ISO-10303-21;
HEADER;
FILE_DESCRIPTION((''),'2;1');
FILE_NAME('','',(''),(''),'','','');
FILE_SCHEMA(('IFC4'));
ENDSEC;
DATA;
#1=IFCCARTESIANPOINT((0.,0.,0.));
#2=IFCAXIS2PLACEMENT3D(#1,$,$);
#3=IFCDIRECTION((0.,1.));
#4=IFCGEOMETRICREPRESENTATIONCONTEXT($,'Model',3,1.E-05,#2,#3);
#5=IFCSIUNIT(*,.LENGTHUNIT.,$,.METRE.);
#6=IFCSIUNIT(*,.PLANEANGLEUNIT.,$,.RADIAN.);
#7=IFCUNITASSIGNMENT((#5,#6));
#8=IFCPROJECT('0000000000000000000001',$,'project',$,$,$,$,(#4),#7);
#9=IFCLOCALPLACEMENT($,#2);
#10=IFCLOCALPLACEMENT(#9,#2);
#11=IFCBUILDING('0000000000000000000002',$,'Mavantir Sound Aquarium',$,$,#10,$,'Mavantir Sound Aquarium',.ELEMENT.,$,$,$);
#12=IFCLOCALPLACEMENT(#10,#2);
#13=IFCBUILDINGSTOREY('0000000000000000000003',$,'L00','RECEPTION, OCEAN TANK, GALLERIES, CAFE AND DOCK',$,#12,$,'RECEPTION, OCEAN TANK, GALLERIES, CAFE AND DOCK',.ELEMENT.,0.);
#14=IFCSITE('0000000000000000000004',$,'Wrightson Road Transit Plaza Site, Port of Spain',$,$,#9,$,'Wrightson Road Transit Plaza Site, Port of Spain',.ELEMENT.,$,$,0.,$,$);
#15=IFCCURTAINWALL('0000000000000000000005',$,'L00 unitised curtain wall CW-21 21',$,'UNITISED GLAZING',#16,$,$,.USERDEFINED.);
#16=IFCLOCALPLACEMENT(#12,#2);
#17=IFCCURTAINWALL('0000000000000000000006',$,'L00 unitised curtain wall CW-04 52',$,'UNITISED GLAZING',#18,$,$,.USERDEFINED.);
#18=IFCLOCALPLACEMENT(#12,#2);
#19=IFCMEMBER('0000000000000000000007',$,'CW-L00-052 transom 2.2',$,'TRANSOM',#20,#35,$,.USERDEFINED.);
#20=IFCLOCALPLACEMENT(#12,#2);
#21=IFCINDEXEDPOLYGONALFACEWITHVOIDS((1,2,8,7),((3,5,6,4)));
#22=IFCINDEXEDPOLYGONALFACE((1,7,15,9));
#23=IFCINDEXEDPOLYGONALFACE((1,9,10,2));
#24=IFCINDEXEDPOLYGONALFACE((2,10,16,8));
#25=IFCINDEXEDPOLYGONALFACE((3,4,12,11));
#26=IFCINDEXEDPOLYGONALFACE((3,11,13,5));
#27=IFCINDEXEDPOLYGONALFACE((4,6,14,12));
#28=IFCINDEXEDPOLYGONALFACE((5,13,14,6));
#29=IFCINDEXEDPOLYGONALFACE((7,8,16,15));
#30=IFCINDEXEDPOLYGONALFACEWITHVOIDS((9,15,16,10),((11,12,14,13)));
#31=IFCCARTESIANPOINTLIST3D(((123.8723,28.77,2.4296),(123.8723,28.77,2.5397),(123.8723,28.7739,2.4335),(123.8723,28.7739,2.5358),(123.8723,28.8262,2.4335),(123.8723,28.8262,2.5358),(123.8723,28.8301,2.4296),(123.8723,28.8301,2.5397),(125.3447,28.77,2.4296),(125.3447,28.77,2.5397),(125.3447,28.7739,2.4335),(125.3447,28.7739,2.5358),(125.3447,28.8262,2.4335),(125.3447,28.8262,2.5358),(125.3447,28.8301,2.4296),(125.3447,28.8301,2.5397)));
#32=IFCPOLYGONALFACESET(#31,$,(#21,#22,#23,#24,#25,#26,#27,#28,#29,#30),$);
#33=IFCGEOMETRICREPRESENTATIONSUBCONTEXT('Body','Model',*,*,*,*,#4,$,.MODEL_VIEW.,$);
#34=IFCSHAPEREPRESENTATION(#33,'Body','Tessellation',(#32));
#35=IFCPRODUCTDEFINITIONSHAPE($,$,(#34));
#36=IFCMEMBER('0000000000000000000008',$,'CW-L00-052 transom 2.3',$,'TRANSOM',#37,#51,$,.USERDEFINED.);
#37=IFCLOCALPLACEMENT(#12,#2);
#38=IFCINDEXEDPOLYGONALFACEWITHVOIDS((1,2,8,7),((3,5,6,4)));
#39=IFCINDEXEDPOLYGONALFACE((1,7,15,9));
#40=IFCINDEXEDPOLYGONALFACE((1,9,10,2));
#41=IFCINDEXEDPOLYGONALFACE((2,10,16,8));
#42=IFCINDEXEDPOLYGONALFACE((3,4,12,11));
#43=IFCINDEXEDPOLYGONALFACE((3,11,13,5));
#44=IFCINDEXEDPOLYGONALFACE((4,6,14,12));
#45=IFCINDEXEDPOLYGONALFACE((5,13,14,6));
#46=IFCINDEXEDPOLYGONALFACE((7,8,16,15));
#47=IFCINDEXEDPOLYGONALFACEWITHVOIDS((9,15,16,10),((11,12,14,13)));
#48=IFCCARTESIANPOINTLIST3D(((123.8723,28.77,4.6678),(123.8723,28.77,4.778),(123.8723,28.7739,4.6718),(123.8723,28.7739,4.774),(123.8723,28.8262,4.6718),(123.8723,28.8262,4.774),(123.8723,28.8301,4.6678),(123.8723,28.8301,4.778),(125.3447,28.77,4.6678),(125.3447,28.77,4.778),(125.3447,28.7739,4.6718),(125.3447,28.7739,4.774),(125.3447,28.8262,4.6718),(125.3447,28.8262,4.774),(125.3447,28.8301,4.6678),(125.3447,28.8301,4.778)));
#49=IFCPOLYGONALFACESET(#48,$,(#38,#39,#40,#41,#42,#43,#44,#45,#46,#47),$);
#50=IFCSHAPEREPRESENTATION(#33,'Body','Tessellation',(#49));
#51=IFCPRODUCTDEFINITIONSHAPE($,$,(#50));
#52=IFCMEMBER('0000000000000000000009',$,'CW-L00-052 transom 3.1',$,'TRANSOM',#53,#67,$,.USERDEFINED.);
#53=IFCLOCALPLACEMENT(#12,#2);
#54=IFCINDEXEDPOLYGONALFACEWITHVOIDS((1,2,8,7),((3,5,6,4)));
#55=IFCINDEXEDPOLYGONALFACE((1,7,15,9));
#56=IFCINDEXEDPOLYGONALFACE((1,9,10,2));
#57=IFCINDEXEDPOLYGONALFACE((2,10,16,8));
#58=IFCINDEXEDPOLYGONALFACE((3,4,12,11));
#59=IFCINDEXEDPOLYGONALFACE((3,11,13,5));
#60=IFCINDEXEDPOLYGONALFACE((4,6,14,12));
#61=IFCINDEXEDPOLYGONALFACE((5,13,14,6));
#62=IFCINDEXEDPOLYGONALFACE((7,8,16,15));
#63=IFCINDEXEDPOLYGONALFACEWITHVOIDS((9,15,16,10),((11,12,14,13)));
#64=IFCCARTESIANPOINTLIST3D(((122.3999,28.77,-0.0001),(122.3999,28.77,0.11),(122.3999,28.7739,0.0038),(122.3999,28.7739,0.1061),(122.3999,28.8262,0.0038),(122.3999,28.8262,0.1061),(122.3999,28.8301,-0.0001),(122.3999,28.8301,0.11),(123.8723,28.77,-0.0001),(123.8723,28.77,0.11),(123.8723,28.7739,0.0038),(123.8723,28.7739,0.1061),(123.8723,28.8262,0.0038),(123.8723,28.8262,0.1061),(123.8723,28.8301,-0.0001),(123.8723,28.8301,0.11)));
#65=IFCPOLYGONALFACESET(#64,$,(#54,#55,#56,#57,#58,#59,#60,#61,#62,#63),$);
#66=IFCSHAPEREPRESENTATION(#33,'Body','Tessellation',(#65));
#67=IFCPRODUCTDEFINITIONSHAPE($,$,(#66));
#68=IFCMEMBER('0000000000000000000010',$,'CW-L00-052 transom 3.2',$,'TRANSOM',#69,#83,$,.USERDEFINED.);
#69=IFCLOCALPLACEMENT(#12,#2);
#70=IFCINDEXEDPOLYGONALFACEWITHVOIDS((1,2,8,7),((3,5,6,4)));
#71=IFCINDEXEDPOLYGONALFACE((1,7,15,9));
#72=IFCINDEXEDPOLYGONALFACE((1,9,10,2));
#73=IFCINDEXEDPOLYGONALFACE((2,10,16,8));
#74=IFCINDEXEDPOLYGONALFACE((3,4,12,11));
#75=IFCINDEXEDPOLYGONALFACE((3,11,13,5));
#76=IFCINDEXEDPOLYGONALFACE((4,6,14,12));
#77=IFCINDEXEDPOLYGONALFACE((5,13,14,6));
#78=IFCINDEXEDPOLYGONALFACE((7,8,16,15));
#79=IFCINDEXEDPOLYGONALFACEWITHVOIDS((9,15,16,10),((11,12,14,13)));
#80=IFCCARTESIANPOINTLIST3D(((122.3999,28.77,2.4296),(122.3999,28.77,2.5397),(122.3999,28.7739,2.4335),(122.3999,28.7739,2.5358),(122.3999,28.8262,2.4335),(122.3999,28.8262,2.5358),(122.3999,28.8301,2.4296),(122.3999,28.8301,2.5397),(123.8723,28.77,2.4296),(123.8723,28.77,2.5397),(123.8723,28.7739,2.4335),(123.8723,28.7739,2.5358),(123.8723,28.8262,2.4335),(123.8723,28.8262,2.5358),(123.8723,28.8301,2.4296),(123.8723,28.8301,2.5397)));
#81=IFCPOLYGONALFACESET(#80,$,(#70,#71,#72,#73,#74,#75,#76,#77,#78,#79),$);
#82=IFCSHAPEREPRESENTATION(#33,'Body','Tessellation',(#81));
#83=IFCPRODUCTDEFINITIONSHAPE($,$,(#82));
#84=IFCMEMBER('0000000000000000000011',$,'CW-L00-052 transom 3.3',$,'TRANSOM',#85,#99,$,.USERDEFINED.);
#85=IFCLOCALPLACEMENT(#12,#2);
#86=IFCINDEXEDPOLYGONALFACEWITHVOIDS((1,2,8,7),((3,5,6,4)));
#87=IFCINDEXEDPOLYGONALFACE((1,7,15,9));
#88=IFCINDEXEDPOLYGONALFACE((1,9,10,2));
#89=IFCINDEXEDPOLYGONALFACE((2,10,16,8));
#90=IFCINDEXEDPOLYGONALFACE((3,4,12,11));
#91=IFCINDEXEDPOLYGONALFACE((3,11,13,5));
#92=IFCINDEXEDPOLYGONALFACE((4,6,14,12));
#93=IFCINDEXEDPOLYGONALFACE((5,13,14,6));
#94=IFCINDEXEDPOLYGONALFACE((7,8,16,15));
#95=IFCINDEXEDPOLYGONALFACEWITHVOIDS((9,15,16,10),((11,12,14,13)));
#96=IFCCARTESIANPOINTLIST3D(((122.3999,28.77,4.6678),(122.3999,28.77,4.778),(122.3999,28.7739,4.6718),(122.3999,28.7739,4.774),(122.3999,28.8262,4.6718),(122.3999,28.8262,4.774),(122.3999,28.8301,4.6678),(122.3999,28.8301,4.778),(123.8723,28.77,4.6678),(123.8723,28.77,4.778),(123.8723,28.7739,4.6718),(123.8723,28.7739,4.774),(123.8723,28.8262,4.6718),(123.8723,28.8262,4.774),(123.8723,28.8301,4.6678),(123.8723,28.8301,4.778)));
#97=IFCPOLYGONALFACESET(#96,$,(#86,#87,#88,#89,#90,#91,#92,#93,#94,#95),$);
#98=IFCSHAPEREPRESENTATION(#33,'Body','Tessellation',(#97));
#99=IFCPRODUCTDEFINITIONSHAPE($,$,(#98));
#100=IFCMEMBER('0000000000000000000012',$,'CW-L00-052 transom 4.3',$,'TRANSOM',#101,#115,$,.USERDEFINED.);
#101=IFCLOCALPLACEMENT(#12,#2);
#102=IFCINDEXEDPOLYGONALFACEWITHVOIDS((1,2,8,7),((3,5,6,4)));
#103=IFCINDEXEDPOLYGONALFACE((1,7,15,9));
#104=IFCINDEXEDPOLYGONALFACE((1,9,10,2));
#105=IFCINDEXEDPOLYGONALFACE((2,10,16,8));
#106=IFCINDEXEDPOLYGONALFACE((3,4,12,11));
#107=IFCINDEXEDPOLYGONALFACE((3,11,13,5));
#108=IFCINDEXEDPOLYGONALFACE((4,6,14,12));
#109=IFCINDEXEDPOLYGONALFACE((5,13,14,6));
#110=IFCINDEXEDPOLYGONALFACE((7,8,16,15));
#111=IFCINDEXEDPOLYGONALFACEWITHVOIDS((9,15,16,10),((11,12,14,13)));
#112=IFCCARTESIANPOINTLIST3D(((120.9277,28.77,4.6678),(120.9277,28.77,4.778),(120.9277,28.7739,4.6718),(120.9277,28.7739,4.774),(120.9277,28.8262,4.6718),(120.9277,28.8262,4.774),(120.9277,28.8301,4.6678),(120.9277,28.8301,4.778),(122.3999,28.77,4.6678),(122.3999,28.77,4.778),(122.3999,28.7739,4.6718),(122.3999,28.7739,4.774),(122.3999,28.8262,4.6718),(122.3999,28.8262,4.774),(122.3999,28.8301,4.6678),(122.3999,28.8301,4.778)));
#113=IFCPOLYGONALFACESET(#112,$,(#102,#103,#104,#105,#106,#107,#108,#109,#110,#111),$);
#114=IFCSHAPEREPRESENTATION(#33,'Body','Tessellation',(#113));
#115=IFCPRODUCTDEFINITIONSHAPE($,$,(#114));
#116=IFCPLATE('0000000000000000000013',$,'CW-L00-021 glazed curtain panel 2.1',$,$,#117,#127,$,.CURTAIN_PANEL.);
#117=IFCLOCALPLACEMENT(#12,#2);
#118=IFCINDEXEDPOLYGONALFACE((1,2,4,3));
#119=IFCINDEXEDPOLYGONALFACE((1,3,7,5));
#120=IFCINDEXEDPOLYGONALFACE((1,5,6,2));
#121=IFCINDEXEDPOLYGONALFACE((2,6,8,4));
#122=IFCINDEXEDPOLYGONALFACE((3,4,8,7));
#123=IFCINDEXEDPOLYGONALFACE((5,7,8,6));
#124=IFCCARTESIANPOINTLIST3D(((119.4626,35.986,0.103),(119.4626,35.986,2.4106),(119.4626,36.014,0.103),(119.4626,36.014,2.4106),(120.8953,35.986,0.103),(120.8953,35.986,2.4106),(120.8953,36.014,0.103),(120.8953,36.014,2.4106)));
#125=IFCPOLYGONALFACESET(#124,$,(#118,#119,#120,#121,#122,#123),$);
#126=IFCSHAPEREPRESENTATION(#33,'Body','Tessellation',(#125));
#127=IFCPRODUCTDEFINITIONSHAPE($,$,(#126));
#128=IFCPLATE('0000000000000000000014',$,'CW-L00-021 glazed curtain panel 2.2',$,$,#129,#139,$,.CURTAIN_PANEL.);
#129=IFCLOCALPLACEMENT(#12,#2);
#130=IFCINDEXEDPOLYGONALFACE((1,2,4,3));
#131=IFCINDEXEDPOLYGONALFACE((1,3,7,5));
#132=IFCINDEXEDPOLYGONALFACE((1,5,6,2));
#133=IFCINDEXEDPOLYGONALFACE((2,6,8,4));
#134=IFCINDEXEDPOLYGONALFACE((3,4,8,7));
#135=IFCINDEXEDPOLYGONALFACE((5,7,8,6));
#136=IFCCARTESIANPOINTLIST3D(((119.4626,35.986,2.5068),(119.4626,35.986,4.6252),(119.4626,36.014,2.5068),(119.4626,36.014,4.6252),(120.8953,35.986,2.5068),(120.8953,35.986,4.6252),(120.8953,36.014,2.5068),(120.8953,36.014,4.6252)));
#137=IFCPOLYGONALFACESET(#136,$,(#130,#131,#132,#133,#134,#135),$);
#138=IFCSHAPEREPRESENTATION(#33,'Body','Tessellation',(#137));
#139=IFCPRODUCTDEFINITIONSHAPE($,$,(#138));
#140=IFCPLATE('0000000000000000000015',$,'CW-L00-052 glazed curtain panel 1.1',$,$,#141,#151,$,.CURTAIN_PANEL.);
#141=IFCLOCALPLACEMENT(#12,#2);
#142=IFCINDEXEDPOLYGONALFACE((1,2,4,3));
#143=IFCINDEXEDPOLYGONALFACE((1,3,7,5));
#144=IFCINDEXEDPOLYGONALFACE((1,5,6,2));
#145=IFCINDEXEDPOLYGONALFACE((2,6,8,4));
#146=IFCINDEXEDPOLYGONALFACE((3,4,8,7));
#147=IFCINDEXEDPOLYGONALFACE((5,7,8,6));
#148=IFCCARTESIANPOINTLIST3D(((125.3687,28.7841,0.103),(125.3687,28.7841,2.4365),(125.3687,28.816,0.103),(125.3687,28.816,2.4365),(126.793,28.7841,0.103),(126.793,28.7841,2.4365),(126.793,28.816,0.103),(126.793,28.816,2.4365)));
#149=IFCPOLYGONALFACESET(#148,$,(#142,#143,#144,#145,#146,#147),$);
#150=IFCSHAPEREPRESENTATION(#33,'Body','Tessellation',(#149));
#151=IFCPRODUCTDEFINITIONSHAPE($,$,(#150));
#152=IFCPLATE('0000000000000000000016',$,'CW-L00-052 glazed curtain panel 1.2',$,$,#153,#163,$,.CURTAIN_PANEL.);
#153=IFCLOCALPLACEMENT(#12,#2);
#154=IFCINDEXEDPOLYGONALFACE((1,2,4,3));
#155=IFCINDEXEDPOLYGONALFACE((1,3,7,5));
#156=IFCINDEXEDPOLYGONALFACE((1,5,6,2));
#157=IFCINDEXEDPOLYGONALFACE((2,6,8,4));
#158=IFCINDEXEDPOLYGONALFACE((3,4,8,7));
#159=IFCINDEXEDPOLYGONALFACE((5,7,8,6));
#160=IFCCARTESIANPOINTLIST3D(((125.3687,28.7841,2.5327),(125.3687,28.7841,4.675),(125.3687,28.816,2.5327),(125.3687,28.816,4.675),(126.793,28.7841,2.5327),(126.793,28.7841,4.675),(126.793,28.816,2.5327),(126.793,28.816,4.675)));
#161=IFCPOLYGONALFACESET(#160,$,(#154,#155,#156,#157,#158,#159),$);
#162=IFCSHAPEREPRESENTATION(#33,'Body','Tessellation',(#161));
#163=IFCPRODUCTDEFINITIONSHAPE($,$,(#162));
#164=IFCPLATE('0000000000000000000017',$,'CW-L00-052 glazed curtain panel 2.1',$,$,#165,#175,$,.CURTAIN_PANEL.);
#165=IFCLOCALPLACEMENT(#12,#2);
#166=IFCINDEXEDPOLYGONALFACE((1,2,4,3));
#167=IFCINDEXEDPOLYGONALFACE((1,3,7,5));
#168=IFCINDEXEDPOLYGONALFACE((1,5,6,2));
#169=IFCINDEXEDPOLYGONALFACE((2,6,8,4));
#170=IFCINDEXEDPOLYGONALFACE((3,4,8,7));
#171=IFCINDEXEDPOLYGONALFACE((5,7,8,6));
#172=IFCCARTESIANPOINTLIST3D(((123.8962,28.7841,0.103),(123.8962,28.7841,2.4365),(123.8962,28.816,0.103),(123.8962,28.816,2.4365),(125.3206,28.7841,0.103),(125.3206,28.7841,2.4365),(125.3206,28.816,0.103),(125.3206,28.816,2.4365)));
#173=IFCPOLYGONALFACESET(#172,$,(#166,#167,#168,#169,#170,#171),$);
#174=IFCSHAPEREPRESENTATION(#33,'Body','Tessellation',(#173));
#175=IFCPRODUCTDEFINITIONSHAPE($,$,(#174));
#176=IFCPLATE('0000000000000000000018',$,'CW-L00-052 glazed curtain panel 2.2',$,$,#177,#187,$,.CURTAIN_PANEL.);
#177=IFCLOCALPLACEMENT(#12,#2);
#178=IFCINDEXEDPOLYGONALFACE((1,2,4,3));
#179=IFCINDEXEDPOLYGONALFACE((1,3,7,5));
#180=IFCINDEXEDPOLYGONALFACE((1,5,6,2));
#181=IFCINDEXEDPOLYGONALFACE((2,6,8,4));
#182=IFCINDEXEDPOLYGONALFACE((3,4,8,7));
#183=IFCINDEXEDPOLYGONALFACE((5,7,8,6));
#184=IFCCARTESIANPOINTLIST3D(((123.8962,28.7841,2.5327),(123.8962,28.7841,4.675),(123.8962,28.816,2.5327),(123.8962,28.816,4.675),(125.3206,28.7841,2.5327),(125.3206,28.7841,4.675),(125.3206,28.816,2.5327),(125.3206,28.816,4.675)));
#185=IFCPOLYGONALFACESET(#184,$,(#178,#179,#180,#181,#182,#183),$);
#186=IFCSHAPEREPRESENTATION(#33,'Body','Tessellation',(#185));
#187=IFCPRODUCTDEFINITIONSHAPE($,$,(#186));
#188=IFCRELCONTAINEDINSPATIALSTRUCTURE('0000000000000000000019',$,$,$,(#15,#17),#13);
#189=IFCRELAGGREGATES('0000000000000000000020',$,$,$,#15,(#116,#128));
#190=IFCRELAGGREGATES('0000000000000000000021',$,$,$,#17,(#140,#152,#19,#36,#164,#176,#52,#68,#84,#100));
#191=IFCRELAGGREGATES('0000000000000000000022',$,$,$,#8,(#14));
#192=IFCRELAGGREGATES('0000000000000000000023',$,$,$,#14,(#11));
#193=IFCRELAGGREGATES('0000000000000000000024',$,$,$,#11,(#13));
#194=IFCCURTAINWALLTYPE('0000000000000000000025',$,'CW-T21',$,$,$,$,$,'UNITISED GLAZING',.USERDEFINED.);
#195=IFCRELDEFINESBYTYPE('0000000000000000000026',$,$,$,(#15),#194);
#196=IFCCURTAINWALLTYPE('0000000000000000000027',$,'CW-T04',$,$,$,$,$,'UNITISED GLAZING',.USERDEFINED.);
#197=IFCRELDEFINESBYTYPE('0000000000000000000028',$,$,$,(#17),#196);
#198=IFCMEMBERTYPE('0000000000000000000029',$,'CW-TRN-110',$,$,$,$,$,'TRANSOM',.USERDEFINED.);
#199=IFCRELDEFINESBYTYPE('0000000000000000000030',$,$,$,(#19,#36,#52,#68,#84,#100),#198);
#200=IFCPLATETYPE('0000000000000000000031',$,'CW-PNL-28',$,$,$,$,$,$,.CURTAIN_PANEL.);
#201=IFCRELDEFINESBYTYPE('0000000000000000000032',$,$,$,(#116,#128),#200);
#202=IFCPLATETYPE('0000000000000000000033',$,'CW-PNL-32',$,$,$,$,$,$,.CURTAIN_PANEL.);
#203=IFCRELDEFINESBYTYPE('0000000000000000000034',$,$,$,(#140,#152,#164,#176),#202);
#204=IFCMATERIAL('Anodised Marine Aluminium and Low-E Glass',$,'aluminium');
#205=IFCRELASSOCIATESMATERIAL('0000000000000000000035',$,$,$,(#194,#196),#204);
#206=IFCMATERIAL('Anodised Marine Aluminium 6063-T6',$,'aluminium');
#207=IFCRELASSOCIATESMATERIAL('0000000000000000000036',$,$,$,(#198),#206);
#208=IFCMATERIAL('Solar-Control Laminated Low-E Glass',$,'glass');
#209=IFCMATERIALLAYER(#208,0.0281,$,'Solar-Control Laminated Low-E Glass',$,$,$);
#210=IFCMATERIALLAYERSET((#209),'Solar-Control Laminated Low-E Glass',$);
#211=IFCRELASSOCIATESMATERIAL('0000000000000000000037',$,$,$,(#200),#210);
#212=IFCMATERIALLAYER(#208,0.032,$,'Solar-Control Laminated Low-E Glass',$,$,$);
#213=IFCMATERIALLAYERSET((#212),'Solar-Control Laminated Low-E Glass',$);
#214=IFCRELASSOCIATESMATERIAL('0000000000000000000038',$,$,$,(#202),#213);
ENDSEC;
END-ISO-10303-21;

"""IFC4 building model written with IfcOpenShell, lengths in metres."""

from ifc_helpers import new_model, si_unit, direction, frame, origin, origin_2d, place, context, subcontext, project, spatial, rectangle, hollow_rectangle, extrude, material, layer, layer_set, material_profile, profile_set, type_object, element, aggregate, save


model = new_model("IFC4")

# Units and contexts
model_context = context("Model", 3, precision=1e-05, world=origin(), true_north=direction((0.0, 1.0)))
body_context = subcontext(model_context, "Body", "Model", "MODEL_VIEW")
ifc_project = project(units=[si_unit("LENGTHUNIT", "METRE"), si_unit("PLANEANGLEUNIT", "RADIAN")], contexts=[model_context])

# Site, building, storey
site_placement = place(None, origin())
site = spatial("IfcSite", under=ifc_project, at=site_placement, Name="Wrightson Road Transit Plaza Site, Port of Spain", LongName="Wrightson Road Transit Plaza Site, Port of Spain", CompositionType="ELEMENT", RefElevation=0.0)
building_placement = place(site_placement, origin())
building = spatial("IfcBuilding", under=site, at=building_placement, Name="Mavantir Sound Aquarium", LongName="Mavantir Sound Aquarium", CompositionType="ELEMENT")
storey_placement = place(building_placement, origin())
storey = spatial("IfcBuildingStorey", under=building, at=storey_placement, Name="L00", Description="RECEPTION, OCEAN TANK, GALLERIES, CAFE AND DOCK", LongName="RECEPTION, OCEAN TANK, GALLERIES, CAFE AND DOCK", CompositionType="ELEMENT", Elevation=0.0)

# Curtain wall
ifc_material_1 = material(Name="Anodised Marine Aluminium and Low-E Glass", Category="aluminium")
curtain_wall_type_1 = type_object("IfcCurtainWallType", Name="CW-T21", ElementType="UNITISED GLAZING", PredefinedType="USERDEFINED", material=ifc_material_1)
curtain_wall_1_placement = place(storey_placement, origin())
curtain_wall_1 = element("IfcCurtainWall", 1, at=curtain_wall_1_placement, inside=storey, type_object=curtain_wall_type_1, Name="L00 unitised curtain wall CW-21 21", ObjectType="UNITISED GLAZING", PredefinedType="USERDEFINED")
ifc_material_2 = material(Name="Anodised Marine Aluminium 6063-T6", Category="aluminium")

# Curtain wall
curtain_wall_type_2 = type_object("IfcCurtainWallType", Name="CW-T04", ElementType="UNITISED GLAZING", PredefinedType="USERDEFINED", material=ifc_material_1)
curtain_wall_2_placement = place(storey_placement, origin())
curtain_wall_2 = element("IfcCurtainWall", 2, at=curtain_wall_2_placement, inside=storey, type_object=curtain_wall_type_2, Name="L00 unitised curtain wall CW-04 52", ObjectType="UNITISED GLAZING", PredefinedType="USERDEFINED")

# Members
ifc_material_profile_1 = material_profile(ifc_material_2, hollow_rectangle(XDim=0.0601, YDim=0.1101, WallThickness=0.0039, at=origin_2d()), Name="ALU-TRANSOM-110X60")
ifc_profile_set_1 = profile_set([ifc_material_profile_1], Name="Anodised Marine Aluminium 6063-T6")
member_type_1 = type_object("IfcMemberType", Name="CW-TRN-110", ElementType="TRANSOM", PredefinedType="USERDEFINED", material=ifc_profile_set_1)
member_1_placement = place(storey_placement, frame((125.3447, 28.8, 2.4846), z_axis=(-1.0, 0.0, 0.0), x_axis=(0.0, -1.0, 0.0)))
member_1 = element("IfcMember", 3, at=member_1_placement, type_object=member_type_1, Name="CW-L00-052 transom 2.2", ObjectType="TRANSOM", PredefinedType="USERDEFINED", context=body_context, shape_type="SweptSolid", body=[
    extrude(hollow_rectangle(XDim=0.0601, YDim=0.1101, WallThickness=0.0039, at=origin_2d()), origin(), (0.0, 0.0, 1.0), 1.4724),
])
member_2_placement = place(storey_placement, frame((125.3447, 28.8, 4.7229), z_axis=(-1.0, 0.0, 0.0), x_axis=(0.0, -1.0, 0.0)))
member_2 = element("IfcMember", 4, at=member_2_placement, type_object=member_type_1, Name="CW-L00-052 transom 2.3", ObjectType="TRANSOM", PredefinedType="USERDEFINED", context=body_context, shape_type="SweptSolid", body=[
    extrude(hollow_rectangle(XDim=0.0601, YDim=0.1101, WallThickness=0.0039, at=origin_2d()), origin(), (0.0, 0.0, 1.0), 1.4724),
])
member_3_placement = place(storey_placement, frame((123.8723, 28.8, 0.0549), z_axis=(-1.0, 0.0, 0.0), x_axis=(0.0, -1.0, 0.0)))
member_3 = element("IfcMember", 5, at=member_3_placement, type_object=member_type_1, Name="CW-L00-052 transom 3.1", ObjectType="TRANSOM", PredefinedType="USERDEFINED", context=body_context, shape_type="SweptSolid", body=[
    extrude(hollow_rectangle(XDim=0.0601, YDim=0.1101, WallThickness=0.0039, at=origin_2d()), origin(), (0.0, 0.0, 1.0), 1.4724),
])
member_4_placement = place(storey_placement, frame((123.8723, 28.8, 2.4846), z_axis=(-1.0, 0.0, 0.0), x_axis=(0.0, -1.0, 0.0)))
member_4 = element("IfcMember", 6, at=member_4_placement, type_object=member_type_1, Name="CW-L00-052 transom 3.2", ObjectType="TRANSOM", PredefinedType="USERDEFINED", context=body_context, shape_type="SweptSolid", body=[
    extrude(hollow_rectangle(XDim=0.0601, YDim=0.1101, WallThickness=0.0039, at=origin_2d()), origin(), (0.0, 0.0, 1.0), 1.4724),
])
member_5_placement = place(storey_placement, frame((123.8723, 28.8, 4.7229), z_axis=(-1.0, 0.0, 0.0), x_axis=(0.0, -1.0, 0.0)))
member_5 = element("IfcMember", 7, at=member_5_placement, type_object=member_type_1, Name="CW-L00-052 transom 3.3", ObjectType="TRANSOM", PredefinedType="USERDEFINED", context=body_context, shape_type="SweptSolid", body=[
    extrude(hollow_rectangle(XDim=0.0601, YDim=0.1101, WallThickness=0.0039, at=origin_2d()), origin(), (0.0, 0.0, 1.0), 1.4724),
])
member_6_placement = place(storey_placement, frame((122.3999, 28.8, 4.7229), z_axis=(-1.0, 0.0, 0.0), x_axis=(0.0, -1.0, 0.0)))
member_6 = element("IfcMember", 8, at=member_6_placement, type_object=member_type_1, Name="CW-L00-052 transom 4.3", ObjectType="TRANSOM", PredefinedType="USERDEFINED", context=body_context, shape_type="SweptSolid", body=[
    extrude(hollow_rectangle(XDim=0.0601, YDim=0.1101, WallThickness=0.0039, at=origin_2d()), origin(), (0.0, 0.0, 1.0), 1.4722),
])

# Plates
ifc_material_3 = material(Name="Solar-Control Laminated Low-E Glass", Category="glass")
ifc_layer_1 = layer(ifc_material_3, 0.0281, Name="Solar-Control Laminated Low-E Glass")
ifc_layer_set_1 = layer_set([ifc_layer_1], Name="Solar-Control Laminated Low-E Glass")
plate_type_1 = type_object("IfcPlateType", Name="CW-PNL-28", PredefinedType="CURTAIN_PANEL", material=ifc_layer_set_1)
plate_1_placement = place(storey_placement, frame((120.179, 36.0, 0.103), z_axis=(0.0, 0.0, 1.0), x_axis=(1.0, 0.0, 0.0)))
plate_1 = element("IfcPlate", 9, at=plate_1_placement, type_object=plate_type_1, Name="CW-L00-021 glazed curtain panel 2.1", PredefinedType="CURTAIN_PANEL", context=body_context, shape_type="SweptSolid", body=[
    extrude(rectangle(XDim=1.4326, YDim=0.0281, at=origin_2d()), origin(), (0.0, 0.0, 1.0), 2.3076),
])
plate_2_placement = place(storey_placement, frame((120.179, 36.0, 2.5068), z_axis=(0.0, 0.0, 1.0), x_axis=(1.0, 0.0, 0.0)))
plate_2 = element("IfcPlate", 10, at=plate_2_placement, type_object=plate_type_1, Name="CW-L00-021 glazed curtain panel 2.2", PredefinedType="CURTAIN_PANEL", context=body_context, shape_type="SweptSolid", body=[
    extrude(rectangle(XDim=1.4326, YDim=0.0281, at=origin_2d()), origin(), (0.0, 0.0, 1.0), 2.1184),
])
aggregate(curtain_wall_1, [plate_1, plate_2])
ifc_layer_2 = layer(ifc_material_3, 0.032, Name="Solar-Control Laminated Low-E Glass")
ifc_layer_set_2 = layer_set([ifc_layer_2], Name="Solar-Control Laminated Low-E Glass")
plate_type_2 = type_object("IfcPlateType", Name="CW-PNL-32", PredefinedType="CURTAIN_PANEL", material=ifc_layer_set_2)
plate_3_placement = place(storey_placement, frame((126.0808, 28.8, 0.103), z_axis=(0.0, 0.0, 1.0), x_axis=(-1.0, 0.0, 0.0)))
plate_3 = element("IfcPlate", 11, at=plate_3_placement, type_object=plate_type_2, Name="CW-L00-052 glazed curtain panel 1.1", PredefinedType="CURTAIN_PANEL", context=body_context, shape_type="SweptSolid", body=[
    extrude(rectangle(XDim=1.4243, YDim=0.032, at=origin_2d()), origin(), (0.0, 0.0, 1.0), 2.3335),
])
plate_4_placement = place(storey_placement, frame((126.0808, 28.8, 2.5327), z_axis=(0.0, 0.0, 1.0), x_axis=(-1.0, 0.0, 0.0)))
plate_4 = element("IfcPlate", 12, at=plate_4_placement, type_object=plate_type_2, Name="CW-L00-052 glazed curtain panel 1.2", PredefinedType="CURTAIN_PANEL", context=body_context, shape_type="SweptSolid", body=[
    extrude(rectangle(XDim=1.4243, YDim=0.032, at=origin_2d()), origin(), (0.0, 0.0, 1.0), 2.1423),
])
plate_5_placement = place(storey_placement, frame((124.6084, 28.8, 0.103), z_axis=(0.0, 0.0, 1.0), x_axis=(-1.0, 0.0, 0.0)))
plate_5 = element("IfcPlate", 13, at=plate_5_placement, type_object=plate_type_2, Name="CW-L00-052 glazed curtain panel 2.1", PredefinedType="CURTAIN_PANEL", context=body_context, shape_type="SweptSolid", body=[
    extrude(rectangle(XDim=1.4243, YDim=0.032, at=origin_2d()), origin(), (0.0, 0.0, 1.0), 2.3335),
])
plate_6_placement = place(storey_placement, frame((124.6084, 28.8, 2.5327), z_axis=(0.0, 0.0, 1.0), x_axis=(-1.0, 0.0, 0.0)))
plate_6 = element("IfcPlate", 14, at=plate_6_placement, type_object=plate_type_2, Name="CW-L00-052 glazed curtain panel 2.2", PredefinedType="CURTAIN_PANEL", context=body_context, shape_type="SweptSolid", body=[
    extrude(rectangle(XDim=1.4243, YDim=0.032, at=origin_2d()), origin(), (0.0, 0.0, 1.0), 2.1423),
])
aggregate(curtain_wall_2, [plate_3, plate_4, member_1, member_2, plate_5, plate_6, member_3, member_4, member_5, member_6])

save(model, "model.ifc")
